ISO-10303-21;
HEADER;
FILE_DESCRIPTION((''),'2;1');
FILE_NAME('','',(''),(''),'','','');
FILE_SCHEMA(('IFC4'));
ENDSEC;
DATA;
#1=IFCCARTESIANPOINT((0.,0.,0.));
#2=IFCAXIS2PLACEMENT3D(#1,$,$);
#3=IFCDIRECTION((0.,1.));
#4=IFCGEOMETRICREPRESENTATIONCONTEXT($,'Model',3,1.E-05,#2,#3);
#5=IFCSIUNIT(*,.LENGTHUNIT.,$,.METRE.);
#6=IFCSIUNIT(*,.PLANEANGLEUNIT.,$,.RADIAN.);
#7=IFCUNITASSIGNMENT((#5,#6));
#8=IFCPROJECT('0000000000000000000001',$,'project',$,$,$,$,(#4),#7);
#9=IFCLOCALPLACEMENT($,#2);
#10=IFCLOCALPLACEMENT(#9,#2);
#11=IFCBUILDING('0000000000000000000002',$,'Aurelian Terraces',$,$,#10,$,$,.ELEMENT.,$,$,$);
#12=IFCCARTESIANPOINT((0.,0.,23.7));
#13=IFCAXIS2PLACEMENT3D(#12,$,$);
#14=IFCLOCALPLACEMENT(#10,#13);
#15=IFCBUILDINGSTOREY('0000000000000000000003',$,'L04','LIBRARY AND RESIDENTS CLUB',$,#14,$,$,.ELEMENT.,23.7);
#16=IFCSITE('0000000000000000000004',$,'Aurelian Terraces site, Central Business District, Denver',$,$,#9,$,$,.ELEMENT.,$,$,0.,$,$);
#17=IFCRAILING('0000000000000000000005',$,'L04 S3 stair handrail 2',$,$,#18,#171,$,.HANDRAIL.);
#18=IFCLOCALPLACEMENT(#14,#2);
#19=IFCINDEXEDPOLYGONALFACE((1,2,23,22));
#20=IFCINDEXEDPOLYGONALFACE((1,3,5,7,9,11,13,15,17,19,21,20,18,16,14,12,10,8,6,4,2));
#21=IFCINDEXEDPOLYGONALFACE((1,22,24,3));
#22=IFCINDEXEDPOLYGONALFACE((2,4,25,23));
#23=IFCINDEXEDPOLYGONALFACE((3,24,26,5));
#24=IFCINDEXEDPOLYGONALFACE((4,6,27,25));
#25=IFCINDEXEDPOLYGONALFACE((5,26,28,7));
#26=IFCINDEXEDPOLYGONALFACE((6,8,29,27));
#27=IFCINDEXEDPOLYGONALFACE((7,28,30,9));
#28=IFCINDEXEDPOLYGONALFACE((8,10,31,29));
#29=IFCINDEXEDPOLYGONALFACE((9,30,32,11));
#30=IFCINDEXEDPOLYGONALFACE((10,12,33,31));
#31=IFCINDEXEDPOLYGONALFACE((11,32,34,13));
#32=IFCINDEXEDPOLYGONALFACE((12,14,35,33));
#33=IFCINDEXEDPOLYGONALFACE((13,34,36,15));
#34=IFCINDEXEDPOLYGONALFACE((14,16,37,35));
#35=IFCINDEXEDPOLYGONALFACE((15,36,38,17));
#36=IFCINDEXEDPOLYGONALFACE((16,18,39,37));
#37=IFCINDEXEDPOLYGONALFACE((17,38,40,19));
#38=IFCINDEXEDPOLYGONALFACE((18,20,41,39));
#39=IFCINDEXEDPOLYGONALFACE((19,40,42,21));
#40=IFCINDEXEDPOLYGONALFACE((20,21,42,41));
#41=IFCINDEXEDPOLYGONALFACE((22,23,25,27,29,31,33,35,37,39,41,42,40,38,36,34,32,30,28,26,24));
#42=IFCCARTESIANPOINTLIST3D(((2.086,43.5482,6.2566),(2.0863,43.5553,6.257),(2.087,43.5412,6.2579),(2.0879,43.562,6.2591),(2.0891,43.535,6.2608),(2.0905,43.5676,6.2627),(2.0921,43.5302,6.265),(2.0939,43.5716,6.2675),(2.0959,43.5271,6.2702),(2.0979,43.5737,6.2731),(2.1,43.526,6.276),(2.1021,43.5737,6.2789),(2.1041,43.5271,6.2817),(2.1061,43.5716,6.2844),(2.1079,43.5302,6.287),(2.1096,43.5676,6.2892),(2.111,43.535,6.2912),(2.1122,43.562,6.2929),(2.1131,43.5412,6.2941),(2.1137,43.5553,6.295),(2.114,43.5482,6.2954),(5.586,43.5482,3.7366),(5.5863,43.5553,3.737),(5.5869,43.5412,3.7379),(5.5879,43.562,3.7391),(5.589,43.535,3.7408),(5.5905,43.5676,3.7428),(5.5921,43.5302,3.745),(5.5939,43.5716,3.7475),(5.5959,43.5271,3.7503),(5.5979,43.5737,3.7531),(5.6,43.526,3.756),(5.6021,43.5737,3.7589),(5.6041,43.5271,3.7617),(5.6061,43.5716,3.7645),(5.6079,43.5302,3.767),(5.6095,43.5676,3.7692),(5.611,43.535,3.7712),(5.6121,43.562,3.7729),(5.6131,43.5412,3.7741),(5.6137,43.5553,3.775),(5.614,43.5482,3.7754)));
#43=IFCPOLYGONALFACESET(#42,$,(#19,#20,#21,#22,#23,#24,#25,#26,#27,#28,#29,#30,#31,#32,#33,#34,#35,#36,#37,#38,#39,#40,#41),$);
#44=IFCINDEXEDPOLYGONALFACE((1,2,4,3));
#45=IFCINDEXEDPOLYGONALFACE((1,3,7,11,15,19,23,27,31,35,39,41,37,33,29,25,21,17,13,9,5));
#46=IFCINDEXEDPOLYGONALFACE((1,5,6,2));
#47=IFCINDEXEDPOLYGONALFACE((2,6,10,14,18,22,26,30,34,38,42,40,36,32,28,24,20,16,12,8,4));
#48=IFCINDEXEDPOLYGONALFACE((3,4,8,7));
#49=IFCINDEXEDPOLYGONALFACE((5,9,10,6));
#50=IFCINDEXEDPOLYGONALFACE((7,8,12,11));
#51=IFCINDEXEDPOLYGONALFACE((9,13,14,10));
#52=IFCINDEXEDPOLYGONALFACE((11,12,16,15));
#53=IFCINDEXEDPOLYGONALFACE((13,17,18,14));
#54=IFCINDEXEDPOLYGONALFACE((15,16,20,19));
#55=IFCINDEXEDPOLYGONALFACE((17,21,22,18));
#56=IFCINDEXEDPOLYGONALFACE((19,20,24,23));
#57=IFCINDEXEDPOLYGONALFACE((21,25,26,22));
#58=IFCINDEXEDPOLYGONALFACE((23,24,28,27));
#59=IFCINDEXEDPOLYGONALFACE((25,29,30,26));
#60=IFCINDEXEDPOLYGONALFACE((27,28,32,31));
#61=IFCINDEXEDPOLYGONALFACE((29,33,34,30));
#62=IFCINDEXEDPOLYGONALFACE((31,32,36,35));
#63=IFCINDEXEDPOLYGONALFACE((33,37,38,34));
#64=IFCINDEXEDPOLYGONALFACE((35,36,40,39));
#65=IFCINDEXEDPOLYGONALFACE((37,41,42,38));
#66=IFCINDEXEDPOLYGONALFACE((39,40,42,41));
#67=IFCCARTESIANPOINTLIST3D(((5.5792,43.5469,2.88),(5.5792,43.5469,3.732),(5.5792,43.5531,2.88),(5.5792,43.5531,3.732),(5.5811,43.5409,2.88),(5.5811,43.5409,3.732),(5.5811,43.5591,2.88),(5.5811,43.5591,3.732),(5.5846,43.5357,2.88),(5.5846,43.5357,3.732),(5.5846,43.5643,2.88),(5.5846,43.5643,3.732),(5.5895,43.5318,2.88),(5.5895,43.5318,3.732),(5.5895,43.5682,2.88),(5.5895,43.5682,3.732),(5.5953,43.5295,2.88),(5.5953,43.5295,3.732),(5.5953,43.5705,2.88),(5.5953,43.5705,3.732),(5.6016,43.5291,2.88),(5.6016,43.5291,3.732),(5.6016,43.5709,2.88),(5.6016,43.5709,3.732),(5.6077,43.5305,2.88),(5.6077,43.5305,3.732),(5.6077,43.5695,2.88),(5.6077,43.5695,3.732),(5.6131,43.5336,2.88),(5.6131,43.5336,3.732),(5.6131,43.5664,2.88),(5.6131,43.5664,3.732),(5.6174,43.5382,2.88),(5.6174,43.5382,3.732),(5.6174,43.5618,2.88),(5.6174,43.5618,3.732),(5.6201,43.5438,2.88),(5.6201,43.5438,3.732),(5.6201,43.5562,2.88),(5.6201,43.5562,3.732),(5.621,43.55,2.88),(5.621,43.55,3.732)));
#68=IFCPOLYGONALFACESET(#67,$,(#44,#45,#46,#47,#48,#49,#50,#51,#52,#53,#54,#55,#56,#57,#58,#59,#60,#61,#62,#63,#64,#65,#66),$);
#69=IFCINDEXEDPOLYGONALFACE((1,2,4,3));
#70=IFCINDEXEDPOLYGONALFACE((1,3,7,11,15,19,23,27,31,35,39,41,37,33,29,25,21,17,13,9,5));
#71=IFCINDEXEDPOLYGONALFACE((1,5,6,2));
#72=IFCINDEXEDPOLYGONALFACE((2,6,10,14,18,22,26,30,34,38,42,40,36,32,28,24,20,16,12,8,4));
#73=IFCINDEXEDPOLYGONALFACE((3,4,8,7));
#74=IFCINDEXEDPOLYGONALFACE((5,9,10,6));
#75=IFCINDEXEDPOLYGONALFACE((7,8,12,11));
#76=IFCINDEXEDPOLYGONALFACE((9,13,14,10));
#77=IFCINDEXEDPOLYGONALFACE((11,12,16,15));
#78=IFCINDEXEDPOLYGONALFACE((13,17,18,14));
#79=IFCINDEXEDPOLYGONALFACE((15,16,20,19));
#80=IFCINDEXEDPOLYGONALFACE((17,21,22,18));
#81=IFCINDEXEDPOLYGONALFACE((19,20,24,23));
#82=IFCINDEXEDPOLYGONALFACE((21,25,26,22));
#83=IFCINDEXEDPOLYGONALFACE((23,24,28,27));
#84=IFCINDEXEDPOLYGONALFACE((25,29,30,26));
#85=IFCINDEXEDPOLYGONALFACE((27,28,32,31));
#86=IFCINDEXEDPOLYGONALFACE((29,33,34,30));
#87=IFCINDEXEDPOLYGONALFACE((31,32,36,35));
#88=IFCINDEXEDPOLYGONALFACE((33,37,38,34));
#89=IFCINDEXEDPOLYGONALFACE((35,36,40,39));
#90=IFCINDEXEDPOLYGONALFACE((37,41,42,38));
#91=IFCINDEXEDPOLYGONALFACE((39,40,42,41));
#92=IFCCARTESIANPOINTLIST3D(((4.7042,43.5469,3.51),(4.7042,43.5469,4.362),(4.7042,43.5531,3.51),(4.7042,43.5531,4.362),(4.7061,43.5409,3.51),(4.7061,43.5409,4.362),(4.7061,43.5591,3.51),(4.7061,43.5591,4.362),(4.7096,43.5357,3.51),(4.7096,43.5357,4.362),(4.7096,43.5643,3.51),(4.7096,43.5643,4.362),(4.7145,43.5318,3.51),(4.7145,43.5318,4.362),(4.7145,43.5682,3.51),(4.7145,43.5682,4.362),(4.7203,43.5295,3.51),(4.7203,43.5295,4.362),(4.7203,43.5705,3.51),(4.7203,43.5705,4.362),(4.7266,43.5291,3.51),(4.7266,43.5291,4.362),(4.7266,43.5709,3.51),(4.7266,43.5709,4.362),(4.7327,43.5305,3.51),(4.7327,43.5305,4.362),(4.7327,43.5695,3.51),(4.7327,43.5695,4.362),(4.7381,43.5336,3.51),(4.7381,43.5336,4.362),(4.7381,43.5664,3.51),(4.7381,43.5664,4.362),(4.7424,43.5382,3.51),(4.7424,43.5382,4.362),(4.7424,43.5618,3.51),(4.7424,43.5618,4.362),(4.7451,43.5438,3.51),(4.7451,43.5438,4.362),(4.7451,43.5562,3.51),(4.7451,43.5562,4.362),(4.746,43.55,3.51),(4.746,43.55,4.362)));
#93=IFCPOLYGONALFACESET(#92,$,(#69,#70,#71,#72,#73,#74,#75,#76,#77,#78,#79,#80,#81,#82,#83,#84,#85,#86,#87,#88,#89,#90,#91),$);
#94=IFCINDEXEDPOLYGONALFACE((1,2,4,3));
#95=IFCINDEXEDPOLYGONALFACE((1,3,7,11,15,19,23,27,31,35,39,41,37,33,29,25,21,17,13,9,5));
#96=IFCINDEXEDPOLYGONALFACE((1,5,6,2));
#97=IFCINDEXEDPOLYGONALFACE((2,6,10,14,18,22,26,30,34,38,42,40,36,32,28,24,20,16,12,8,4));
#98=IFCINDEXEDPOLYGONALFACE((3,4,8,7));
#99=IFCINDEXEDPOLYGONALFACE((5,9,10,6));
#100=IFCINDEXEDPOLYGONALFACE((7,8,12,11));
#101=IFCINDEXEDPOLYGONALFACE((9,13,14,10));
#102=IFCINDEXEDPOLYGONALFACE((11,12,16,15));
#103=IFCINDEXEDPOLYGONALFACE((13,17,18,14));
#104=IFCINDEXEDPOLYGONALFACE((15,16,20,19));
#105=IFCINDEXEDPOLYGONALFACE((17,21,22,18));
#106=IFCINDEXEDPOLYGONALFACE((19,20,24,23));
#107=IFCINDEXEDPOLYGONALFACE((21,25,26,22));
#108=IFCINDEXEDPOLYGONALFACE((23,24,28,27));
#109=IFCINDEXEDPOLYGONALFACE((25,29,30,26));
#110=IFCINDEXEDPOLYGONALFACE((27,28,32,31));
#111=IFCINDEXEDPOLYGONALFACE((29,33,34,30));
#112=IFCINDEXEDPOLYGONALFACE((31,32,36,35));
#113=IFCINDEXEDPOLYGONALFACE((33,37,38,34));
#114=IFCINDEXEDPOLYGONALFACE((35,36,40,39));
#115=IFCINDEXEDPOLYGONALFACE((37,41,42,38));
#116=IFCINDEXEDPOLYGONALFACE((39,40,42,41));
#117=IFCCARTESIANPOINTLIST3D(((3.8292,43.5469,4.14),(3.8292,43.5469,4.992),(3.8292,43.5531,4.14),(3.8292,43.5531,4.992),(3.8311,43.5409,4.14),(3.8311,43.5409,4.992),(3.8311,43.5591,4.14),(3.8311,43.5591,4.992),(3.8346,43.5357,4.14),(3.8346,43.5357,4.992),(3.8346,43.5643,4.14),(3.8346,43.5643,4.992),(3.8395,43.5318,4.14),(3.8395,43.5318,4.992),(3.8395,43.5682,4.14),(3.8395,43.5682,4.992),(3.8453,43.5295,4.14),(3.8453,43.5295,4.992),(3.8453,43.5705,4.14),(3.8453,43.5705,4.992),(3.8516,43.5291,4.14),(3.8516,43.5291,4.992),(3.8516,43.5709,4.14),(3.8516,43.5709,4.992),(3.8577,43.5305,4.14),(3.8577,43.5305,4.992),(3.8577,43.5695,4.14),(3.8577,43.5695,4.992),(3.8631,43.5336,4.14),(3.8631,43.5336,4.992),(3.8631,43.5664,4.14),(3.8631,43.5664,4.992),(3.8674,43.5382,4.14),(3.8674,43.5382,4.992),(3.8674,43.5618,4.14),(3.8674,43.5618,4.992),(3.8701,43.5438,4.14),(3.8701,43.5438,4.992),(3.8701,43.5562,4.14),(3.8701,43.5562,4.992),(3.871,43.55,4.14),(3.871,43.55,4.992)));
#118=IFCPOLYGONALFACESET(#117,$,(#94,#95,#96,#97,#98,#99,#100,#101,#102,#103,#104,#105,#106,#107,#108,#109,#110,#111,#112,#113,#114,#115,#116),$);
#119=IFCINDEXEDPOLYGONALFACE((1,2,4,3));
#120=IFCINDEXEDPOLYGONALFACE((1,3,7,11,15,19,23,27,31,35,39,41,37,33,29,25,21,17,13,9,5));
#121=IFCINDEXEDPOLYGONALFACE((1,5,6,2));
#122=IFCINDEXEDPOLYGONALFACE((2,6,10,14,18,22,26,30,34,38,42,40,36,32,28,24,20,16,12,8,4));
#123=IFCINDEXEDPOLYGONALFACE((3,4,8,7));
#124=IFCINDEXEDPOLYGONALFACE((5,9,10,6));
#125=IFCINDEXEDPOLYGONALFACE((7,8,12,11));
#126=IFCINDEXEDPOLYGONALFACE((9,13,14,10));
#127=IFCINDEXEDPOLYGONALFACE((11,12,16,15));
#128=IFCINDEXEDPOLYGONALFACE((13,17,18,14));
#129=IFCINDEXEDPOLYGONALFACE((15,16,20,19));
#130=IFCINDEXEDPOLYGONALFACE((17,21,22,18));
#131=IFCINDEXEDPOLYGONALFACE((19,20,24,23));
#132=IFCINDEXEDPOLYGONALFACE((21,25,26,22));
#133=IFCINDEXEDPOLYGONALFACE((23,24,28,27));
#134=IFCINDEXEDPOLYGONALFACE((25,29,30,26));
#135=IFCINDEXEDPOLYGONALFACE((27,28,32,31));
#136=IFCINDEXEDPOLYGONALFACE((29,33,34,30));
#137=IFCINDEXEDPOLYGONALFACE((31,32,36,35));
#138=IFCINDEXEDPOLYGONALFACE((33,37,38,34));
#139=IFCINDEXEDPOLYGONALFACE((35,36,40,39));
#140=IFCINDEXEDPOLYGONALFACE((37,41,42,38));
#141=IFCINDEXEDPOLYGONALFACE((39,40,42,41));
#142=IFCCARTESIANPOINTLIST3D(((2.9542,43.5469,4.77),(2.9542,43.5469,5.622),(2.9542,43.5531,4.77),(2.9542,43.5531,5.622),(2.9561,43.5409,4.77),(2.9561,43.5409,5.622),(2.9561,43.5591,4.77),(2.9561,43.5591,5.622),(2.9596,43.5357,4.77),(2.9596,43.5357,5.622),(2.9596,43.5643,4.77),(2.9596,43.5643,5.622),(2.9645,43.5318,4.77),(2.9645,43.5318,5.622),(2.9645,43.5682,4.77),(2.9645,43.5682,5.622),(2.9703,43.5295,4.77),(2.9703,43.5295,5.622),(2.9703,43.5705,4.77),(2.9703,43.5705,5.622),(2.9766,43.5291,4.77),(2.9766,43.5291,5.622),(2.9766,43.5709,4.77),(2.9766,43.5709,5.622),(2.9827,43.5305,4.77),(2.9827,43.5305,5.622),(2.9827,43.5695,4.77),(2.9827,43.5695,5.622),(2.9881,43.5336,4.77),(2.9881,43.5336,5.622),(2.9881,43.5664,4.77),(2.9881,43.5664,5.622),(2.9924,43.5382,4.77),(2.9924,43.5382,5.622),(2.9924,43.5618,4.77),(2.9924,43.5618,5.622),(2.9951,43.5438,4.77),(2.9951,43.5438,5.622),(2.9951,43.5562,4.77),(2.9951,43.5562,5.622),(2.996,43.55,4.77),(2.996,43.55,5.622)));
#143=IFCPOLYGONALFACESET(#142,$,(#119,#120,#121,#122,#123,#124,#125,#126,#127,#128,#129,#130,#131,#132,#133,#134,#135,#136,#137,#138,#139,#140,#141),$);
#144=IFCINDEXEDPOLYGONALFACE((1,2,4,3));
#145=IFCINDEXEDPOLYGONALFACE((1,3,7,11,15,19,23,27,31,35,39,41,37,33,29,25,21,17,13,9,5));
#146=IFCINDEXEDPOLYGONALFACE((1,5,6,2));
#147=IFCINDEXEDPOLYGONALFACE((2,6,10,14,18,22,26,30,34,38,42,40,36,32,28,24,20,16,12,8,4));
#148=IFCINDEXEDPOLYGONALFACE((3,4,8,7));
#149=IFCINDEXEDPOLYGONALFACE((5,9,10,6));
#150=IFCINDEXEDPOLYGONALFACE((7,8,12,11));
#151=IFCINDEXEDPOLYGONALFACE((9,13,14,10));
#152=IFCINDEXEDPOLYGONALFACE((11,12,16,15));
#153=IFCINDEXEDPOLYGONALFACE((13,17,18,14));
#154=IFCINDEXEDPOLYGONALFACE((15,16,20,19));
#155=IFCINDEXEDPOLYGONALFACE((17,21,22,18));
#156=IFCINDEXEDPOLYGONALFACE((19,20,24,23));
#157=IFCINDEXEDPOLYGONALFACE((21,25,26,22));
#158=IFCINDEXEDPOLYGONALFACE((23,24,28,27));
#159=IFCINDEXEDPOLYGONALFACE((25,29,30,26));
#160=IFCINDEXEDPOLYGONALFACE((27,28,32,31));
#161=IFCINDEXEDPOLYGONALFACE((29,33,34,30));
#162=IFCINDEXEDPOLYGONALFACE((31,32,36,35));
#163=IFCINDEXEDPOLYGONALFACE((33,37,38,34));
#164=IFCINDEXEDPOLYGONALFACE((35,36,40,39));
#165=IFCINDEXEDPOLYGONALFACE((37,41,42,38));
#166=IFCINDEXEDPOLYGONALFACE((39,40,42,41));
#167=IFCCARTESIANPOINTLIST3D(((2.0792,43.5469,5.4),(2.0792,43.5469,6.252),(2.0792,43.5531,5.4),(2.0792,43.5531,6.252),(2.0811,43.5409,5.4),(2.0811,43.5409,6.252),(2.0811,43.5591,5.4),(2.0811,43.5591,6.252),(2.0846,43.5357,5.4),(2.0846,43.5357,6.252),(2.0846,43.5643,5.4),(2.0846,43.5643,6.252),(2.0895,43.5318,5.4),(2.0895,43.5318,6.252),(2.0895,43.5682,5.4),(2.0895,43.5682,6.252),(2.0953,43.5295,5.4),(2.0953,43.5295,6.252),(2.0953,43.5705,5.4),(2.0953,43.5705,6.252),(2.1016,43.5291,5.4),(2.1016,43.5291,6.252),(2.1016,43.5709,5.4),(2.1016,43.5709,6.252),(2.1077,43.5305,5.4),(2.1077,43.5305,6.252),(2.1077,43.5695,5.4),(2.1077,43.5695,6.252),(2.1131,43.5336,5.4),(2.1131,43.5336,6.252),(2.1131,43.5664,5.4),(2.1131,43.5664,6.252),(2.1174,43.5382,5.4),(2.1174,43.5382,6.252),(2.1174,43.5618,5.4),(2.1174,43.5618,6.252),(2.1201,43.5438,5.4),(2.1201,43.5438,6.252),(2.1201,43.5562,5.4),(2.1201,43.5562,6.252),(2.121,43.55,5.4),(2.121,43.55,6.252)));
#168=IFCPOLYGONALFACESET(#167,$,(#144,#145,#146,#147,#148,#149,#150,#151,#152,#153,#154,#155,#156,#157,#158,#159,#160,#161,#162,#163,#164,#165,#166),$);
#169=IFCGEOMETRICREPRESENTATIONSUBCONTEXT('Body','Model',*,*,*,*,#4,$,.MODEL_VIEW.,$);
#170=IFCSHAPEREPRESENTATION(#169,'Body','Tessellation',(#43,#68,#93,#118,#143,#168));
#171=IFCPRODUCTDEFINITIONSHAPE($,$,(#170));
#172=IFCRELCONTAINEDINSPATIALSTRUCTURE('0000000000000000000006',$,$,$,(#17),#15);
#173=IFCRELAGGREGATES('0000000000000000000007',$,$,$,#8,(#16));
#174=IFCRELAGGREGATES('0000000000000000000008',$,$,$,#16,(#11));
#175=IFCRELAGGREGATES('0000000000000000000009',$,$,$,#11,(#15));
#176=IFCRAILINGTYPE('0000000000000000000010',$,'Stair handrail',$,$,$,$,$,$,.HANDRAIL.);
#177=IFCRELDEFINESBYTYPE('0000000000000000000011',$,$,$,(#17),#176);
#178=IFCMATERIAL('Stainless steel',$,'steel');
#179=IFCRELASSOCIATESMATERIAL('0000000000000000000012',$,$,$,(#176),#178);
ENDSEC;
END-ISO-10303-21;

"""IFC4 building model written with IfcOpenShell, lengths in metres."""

from ifc_helpers import new_model, si_unit, direction, frame, origin, origin_2d, place, context, subcontext, project, spatial, circle, extrude, source, transform, mapped, material, type_object, element, save


model = new_model("IFC4")

# Units and contexts
model_context = context("Model", 3, precision=1e-05, world=origin(), true_north=direction((0.0, 1.0)))
body_context = subcontext(model_context, "Body", "Model", "MODEL_VIEW")
ifc_project = project(units=[si_unit("LENGTHUNIT", "METRE"), si_unit("PLANEANGLEUNIT", "RADIAN")], contexts=[model_context])

# Site, building, storey
site_placement = place(None, origin())
site = spatial("IfcSite", under=ifc_project, at=site_placement, Name="Aurelian Terraces site, Central Business District, Denver", CompositionType="ELEMENT", RefElevation=0.0)
building_placement = place(site_placement, origin())
building = spatial("IfcBuilding", under=site, at=building_placement, Name="Aurelian Terraces", CompositionType="ELEMENT")
storey_placement = place(building_placement, frame((0.0, 0.0, 23.7)))
storey = spatial("IfcBuildingStorey", under=building, at=storey_placement, Name="L04", Description="LIBRARY AND RESIDENTS CLUB", CompositionType="ELEMENT", Elevation=23.7)

# Railing
ifc_material_1 = material(Name="Stainless steel", Category="steel")
railing_type_1 = type_object("IfcRailingType", Name="Stair handrail", PredefinedType="HANDRAIL", material=ifc_material_1)
shared_shape_1 = source(origin(), body_context, "Body", "SweptSolid", [
    extrude(circle(Radius=0.024, at=origin_2d()), frame((0.0, 0.0, 0.876), z_axis=(-0.811534, 0.0, 0.584305), x_axis=(0.0, -1.0, 0.0)), (0.0, 0.0, 1.0), 4.3128),
    extrude(circle(Radius=0.021, at=origin_2d()), origin(), (0.0, 0.0, 1.0), 0.852),
    extrude(circle(Radius=0.021, at=origin_2d()), frame((-0.875, 0.0, 0.63)), (0.0, 0.0, 1.0), 0.852),
    extrude(circle(Radius=0.021, at=origin_2d()), frame((-1.75, 0.0, 1.26)), (0.0, 0.0, 1.0), 0.852),
    extrude(circle(Radius=0.021, at=origin_2d()), frame((-2.625, 0.0, 1.89)), (0.0, 0.0, 1.0), 0.852),
    extrude(circle(Radius=0.021, at=origin_2d()), frame((-3.5, 0.0, 2.52)), (0.0, 0.0, 1.0), 0.852),
])
railing_1_placement = place(storey_placement, frame((5.6, 43.55, 2.88)))
element("IfcRailing", 1, at=railing_1_placement, inside=storey, type_object=railing_type_1, Name="L04 S3 stair handrail 2", PredefinedType="HANDRAIL", context=body_context, shape_type="MappedRepresentation", body=[
    mapped(shared_shape_1, transform((0.0, 0.0, 0.0), scale=1.0)),
])

save(model, "model.ifc")
